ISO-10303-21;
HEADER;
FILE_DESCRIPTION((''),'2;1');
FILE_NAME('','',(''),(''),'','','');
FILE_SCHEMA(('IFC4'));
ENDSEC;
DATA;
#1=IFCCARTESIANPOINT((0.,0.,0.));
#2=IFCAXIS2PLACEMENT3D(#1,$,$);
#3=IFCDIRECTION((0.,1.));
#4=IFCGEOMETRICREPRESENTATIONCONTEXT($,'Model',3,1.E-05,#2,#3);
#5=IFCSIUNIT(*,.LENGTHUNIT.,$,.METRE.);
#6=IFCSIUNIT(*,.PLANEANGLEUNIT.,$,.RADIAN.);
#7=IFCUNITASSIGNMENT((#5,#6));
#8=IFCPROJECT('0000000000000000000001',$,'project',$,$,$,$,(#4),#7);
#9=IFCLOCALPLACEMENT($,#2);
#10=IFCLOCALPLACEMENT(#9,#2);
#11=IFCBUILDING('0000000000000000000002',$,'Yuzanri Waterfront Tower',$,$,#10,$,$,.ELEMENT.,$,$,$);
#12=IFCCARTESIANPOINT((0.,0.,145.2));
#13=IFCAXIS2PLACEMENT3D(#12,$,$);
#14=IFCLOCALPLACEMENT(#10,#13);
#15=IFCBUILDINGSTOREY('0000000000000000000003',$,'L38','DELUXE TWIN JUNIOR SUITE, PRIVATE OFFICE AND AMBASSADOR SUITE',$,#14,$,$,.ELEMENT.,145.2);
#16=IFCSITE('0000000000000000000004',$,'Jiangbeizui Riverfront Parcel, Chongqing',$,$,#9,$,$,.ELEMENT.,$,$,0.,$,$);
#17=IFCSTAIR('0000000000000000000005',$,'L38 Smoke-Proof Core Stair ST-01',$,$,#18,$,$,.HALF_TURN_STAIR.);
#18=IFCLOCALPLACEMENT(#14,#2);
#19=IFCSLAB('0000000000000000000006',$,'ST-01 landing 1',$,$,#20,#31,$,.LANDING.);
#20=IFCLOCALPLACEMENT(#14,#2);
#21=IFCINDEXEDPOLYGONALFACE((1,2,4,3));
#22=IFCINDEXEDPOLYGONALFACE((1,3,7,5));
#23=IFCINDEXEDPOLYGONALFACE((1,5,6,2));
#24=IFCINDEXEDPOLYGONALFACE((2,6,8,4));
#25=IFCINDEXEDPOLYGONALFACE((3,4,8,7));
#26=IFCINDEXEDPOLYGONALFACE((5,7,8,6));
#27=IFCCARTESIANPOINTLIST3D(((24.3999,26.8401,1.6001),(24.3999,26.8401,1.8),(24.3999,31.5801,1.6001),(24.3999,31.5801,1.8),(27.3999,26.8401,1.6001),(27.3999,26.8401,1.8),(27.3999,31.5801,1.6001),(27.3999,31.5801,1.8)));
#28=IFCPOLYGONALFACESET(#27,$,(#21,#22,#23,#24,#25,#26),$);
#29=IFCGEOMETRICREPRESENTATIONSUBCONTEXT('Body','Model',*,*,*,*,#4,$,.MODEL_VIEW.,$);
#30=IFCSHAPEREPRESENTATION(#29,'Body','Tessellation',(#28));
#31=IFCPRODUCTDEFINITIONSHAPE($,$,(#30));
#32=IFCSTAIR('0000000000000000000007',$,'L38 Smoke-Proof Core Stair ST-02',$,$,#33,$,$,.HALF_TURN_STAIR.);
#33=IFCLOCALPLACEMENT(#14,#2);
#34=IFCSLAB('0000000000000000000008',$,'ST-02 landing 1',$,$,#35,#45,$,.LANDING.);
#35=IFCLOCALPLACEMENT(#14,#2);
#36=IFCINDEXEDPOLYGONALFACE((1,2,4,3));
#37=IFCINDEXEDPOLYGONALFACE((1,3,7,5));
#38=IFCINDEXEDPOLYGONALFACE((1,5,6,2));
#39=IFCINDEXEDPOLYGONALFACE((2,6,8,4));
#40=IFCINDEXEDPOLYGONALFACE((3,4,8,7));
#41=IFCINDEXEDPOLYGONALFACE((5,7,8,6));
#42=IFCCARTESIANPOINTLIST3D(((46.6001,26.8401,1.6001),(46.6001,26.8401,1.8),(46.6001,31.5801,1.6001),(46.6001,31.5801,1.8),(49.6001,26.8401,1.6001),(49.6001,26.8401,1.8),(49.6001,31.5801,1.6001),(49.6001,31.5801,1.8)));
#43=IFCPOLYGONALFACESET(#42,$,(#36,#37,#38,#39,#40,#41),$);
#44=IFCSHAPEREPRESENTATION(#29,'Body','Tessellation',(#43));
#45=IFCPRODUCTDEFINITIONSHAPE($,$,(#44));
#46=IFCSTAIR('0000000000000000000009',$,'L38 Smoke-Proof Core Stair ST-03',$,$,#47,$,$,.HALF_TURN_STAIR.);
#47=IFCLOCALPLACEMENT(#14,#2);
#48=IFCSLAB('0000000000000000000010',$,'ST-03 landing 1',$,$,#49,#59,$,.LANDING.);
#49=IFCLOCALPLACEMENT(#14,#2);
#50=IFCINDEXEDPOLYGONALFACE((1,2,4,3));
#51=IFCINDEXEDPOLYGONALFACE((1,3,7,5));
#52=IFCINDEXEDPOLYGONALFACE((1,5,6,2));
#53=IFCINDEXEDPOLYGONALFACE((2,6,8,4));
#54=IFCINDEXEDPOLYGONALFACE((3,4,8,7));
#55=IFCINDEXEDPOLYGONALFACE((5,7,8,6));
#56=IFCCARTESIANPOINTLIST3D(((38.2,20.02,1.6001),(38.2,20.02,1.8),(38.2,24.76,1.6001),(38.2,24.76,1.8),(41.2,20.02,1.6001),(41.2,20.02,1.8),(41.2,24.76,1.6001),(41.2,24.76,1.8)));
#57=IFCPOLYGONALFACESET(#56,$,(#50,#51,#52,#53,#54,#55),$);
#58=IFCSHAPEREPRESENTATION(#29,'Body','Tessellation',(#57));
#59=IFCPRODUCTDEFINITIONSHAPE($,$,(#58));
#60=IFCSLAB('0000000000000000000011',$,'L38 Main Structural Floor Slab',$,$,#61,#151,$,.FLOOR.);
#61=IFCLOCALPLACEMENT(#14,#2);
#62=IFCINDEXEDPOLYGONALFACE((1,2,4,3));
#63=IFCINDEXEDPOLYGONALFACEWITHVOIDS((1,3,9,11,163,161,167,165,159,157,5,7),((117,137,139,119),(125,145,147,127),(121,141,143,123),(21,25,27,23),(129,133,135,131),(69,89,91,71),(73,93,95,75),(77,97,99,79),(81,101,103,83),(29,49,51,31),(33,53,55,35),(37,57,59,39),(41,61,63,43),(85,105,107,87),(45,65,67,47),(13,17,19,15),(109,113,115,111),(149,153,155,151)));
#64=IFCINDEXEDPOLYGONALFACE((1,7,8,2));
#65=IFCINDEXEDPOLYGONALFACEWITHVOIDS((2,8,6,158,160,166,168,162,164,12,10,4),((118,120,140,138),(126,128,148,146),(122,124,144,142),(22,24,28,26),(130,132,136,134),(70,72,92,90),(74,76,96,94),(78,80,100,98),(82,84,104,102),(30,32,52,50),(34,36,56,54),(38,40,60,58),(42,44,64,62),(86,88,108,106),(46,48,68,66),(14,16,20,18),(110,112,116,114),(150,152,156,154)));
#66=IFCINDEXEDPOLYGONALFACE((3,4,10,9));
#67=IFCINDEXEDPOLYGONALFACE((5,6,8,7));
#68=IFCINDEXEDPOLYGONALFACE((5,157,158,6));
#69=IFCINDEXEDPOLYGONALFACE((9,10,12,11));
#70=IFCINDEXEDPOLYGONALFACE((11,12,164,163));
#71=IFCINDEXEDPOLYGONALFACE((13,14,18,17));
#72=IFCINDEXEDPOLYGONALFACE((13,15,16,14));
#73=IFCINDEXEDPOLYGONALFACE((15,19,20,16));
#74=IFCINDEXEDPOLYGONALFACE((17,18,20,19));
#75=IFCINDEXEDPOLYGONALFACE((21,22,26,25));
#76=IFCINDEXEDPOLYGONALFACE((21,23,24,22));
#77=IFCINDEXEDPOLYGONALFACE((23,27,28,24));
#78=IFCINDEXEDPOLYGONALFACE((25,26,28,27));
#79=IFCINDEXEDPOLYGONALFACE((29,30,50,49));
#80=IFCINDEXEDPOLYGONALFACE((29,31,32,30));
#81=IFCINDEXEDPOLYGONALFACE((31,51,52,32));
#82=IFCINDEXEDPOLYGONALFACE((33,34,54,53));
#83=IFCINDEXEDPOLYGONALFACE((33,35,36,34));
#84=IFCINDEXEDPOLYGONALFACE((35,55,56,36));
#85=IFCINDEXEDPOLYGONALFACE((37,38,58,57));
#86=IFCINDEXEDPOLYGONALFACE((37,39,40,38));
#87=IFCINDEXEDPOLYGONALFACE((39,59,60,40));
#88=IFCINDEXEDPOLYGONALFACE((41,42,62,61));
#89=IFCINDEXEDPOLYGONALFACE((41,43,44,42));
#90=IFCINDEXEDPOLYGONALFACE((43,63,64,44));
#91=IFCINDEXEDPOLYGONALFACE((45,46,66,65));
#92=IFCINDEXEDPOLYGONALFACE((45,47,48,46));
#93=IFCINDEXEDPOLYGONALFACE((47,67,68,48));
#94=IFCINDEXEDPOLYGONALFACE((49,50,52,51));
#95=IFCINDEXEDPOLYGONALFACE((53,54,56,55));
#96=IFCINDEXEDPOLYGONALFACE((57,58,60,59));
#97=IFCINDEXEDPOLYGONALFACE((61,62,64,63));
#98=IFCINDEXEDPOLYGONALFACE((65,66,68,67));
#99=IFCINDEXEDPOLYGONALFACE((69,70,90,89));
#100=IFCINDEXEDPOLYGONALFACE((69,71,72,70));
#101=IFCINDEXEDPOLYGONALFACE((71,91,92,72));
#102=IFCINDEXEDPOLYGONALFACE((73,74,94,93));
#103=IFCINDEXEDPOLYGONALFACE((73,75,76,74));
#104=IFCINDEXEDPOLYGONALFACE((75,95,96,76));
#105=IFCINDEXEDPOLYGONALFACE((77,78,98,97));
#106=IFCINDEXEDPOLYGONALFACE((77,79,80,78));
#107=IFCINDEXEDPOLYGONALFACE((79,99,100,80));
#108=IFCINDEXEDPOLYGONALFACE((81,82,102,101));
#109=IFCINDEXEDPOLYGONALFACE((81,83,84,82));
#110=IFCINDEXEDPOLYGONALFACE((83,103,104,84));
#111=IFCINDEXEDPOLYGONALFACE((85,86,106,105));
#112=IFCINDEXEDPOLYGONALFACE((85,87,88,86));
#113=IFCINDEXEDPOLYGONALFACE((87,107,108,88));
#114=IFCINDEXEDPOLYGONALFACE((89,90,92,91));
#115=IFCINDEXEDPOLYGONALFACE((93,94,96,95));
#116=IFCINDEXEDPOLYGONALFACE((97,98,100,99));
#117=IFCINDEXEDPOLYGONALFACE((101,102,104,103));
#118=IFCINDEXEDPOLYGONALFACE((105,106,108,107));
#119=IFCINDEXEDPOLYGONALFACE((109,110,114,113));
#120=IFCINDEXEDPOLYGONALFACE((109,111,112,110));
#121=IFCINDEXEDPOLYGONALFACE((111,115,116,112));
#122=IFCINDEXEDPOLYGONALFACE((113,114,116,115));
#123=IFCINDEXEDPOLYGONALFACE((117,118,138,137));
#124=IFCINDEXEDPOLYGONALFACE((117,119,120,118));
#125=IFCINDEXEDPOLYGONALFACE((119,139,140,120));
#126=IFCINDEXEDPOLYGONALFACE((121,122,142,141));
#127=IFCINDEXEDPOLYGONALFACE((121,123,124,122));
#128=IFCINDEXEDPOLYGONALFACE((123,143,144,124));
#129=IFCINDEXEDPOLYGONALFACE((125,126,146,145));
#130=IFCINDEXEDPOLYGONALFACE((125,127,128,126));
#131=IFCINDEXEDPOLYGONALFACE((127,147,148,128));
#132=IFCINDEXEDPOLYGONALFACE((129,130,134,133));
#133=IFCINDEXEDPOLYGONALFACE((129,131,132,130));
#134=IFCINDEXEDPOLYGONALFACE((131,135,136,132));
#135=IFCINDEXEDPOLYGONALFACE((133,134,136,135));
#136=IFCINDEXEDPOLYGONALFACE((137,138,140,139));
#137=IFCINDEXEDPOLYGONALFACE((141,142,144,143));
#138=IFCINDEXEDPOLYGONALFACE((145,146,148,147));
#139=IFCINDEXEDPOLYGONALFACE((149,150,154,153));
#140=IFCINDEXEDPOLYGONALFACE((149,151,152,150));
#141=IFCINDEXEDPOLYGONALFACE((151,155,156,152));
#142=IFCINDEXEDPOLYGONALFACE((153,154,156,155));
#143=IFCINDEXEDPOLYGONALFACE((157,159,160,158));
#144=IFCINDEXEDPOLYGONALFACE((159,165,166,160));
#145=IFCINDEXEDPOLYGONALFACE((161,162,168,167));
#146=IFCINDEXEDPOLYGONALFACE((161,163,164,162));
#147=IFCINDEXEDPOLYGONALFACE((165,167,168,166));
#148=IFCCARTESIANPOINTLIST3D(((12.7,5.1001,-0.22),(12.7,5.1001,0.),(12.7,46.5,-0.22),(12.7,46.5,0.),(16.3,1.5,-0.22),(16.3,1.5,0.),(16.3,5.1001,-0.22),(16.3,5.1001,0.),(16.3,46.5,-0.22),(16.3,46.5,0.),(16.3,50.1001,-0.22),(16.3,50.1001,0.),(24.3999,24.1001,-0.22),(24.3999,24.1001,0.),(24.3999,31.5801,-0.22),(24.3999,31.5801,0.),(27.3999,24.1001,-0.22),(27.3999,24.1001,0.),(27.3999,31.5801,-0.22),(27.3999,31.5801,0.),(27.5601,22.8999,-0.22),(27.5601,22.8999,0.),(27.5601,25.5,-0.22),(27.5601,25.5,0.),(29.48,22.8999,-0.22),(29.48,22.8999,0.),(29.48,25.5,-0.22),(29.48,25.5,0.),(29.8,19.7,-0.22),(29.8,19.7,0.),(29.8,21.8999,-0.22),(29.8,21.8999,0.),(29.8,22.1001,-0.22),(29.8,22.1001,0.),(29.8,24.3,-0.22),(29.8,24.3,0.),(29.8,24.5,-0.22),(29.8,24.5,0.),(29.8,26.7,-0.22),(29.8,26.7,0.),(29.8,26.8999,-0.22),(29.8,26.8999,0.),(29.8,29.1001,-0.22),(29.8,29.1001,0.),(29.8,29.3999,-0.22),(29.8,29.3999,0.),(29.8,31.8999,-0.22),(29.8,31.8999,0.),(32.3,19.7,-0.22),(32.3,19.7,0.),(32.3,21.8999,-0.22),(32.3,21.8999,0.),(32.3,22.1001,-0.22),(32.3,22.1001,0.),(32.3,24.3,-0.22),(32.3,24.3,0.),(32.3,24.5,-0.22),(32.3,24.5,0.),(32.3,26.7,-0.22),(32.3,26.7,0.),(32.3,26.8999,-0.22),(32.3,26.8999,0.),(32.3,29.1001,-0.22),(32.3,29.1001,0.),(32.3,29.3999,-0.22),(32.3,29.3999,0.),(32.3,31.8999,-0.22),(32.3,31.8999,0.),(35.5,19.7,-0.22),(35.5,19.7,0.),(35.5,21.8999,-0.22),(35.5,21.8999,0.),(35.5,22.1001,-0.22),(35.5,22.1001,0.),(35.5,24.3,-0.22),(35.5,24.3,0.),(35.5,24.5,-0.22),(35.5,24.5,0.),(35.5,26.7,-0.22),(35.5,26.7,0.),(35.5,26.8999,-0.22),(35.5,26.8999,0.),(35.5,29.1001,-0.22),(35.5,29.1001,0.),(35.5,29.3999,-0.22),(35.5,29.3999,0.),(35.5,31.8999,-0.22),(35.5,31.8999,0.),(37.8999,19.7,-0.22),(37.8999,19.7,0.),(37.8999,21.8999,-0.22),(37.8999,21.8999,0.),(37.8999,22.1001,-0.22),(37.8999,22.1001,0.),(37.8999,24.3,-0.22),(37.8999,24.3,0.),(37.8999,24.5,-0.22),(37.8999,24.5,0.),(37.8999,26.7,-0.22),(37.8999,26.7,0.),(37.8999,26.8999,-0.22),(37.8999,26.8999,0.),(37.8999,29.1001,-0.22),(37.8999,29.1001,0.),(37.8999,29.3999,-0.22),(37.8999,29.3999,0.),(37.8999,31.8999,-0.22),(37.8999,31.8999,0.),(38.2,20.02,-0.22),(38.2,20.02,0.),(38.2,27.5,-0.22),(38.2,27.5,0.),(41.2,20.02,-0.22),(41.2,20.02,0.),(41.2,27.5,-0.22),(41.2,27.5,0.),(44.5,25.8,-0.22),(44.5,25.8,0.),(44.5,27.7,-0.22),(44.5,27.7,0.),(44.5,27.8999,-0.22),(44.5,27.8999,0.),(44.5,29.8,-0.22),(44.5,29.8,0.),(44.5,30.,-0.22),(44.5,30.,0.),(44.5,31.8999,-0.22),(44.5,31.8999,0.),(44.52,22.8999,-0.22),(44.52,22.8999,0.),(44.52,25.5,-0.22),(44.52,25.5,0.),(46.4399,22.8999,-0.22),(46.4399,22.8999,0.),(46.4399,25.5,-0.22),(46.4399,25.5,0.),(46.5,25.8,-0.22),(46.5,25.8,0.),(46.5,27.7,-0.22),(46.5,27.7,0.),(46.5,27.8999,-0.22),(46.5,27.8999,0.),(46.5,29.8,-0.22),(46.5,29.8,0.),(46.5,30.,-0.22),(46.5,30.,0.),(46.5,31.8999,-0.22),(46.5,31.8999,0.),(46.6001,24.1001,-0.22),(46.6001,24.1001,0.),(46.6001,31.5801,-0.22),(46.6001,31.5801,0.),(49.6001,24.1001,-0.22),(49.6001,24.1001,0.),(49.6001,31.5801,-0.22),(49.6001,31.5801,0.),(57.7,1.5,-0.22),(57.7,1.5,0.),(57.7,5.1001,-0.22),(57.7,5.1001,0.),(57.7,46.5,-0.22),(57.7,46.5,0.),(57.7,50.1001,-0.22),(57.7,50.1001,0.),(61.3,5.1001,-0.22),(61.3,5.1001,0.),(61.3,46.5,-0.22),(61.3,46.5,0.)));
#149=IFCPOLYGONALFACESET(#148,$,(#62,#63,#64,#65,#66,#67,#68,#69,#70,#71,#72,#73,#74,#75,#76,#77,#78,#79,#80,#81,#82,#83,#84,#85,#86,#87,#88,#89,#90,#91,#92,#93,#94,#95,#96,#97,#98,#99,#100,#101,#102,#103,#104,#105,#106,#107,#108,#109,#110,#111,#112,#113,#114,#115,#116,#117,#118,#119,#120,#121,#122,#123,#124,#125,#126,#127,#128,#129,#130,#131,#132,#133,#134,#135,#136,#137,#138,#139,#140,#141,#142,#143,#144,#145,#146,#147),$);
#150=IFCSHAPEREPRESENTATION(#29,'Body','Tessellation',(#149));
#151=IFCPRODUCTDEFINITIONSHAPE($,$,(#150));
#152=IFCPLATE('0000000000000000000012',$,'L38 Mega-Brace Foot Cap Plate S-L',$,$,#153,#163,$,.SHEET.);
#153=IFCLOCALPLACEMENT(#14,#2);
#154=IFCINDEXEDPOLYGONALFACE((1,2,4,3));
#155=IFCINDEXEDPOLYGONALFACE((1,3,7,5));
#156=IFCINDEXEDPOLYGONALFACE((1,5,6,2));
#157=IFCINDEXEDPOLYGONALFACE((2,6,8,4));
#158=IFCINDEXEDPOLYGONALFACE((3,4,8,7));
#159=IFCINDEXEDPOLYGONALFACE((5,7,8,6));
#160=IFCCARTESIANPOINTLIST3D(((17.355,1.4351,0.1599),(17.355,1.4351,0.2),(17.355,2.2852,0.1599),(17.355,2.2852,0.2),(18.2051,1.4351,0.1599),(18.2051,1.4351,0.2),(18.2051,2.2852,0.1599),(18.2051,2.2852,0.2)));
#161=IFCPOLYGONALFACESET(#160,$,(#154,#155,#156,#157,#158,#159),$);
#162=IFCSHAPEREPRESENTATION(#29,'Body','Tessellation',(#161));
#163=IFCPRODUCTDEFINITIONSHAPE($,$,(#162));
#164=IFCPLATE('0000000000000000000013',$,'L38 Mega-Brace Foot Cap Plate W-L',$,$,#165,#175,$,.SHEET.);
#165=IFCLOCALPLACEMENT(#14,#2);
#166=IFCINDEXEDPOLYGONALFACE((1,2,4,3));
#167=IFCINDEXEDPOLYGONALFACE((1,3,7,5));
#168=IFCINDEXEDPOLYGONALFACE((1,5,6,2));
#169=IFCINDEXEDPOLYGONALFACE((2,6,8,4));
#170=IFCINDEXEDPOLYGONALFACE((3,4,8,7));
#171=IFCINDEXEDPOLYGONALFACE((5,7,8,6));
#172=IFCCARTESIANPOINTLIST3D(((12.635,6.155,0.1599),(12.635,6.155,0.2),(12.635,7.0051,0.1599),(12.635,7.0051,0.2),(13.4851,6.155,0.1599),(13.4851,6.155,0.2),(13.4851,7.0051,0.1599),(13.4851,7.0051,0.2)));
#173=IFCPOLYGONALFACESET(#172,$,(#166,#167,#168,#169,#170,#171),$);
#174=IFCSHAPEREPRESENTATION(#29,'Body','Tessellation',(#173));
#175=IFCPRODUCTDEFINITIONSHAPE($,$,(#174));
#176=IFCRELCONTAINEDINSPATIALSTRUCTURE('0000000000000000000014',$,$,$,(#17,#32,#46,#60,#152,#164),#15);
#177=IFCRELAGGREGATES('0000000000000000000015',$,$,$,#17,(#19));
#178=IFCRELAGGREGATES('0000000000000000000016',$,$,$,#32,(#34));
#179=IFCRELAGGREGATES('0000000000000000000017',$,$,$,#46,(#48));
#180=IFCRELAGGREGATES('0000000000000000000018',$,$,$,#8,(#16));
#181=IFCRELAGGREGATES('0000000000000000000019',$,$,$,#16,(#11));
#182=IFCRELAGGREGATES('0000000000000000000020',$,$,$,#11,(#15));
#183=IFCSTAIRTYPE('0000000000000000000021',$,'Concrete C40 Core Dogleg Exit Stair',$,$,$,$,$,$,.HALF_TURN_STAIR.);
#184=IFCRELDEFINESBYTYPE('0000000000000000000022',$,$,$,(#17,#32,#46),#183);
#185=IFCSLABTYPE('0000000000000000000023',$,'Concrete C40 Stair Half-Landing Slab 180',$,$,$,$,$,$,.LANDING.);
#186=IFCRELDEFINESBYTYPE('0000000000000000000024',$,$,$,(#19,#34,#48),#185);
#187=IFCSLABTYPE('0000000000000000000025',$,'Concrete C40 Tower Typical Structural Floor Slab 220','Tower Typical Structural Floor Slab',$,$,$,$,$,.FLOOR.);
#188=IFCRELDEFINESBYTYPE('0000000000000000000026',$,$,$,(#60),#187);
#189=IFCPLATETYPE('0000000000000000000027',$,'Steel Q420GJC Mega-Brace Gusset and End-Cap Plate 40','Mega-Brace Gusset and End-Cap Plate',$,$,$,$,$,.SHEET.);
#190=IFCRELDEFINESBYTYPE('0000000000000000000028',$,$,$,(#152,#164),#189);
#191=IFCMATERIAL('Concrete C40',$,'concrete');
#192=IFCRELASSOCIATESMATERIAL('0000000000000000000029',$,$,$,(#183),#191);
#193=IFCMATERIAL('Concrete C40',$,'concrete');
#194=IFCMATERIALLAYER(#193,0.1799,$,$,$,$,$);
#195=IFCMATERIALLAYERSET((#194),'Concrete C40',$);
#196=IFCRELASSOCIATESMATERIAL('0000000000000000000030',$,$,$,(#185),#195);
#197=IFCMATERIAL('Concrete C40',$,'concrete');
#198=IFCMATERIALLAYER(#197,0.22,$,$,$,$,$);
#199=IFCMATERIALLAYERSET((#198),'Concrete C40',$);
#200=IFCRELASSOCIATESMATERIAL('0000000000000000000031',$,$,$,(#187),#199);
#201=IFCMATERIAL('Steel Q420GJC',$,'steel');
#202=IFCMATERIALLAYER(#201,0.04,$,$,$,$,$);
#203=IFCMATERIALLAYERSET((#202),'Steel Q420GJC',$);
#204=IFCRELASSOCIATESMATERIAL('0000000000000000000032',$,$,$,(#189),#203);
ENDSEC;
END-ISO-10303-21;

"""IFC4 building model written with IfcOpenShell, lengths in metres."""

from ifc_helpers import new_model, si_unit, direction, frame, origin, origin_2d, place, context, subcontext, project, spatial, polyline, rectangle, outline, extrude, source, transform, mapped, material, layer, layer_set, type_object, element, aggregate, save


model = new_model("IFC4")

# Units and contexts
model_context = context("Model", 3, precision=1e-05, world=origin(), true_north=direction((0.0, 1.0)))
body_context = subcontext(model_context, "Body", "Model", "MODEL_VIEW")
ifc_project = project(units=[si_unit("LENGTHUNIT", "METRE"), si_unit("PLANEANGLEUNIT", "RADIAN")], contexts=[model_context])

# Site, building, storey
site_placement = place(None, origin())
site = spatial("IfcSite", under=ifc_project, at=site_placement, Name="Jiangbeizui Riverfront Parcel, Chongqing", CompositionType="ELEMENT", RefElevation=0.0)
building_placement = place(site_placement, origin())
building = spatial("IfcBuilding", under=site, at=building_placement, Name="Yuzanri Waterfront Tower", CompositionType="ELEMENT")
storey_placement = place(building_placement, frame((0.0, 0.0, 145.2)))
storey = spatial("IfcBuildingStorey", under=building, at=storey_placement, Name="L38", Description="DELUXE TWIN JUNIOR SUITE, PRIVATE OFFICE AND AMBASSADOR SUITE", CompositionType="ELEMENT", Elevation=145.2)

# Stairs, slabs
ifc_material_1 = material(Name="Concrete C40", Category="concrete")
stair_type = type_object("IfcStairType", Name="Concrete C40 Core Dogleg Exit Stair", PredefinedType="HALF_TURN_STAIR", material=ifc_material_1)
stair_1_placement = place(storey_placement, origin())
stair_1 = element("IfcStair", 1, at=stair_1_placement, inside=storey, type_object=stair_type, Name="L38 Smoke-Proof Core Stair ST-01", PredefinedType="HALF_TURN_STAIR")
ifc_material_2 = material(Name="Concrete C40", Category="concrete")
ifc_layer_1 = layer(ifc_material_2, 0.1799)
ifc_layer_set_1 = layer_set([ifc_layer_1], Name="Concrete C40")
slab_type_1 = type_object("IfcSlabType", Name="Concrete C40 Stair Half-Landing Slab 180", PredefinedType="LANDING", material=ifc_layer_set_1)
slab_1_placement = place(storey_placement, frame((0.0, 0.0, 1.6001)))
slab_1 = element("IfcSlab", 2, at=slab_1_placement, type_object=slab_type_1, Name="ST-01 landing 1", PredefinedType="LANDING", context=body_context, shape_type="SweptSolid", body=[
    extrude(outline(polyline([(27.3999, 26.8401), (27.3999, 31.5801), (24.3999, 31.5801), (24.3999, 26.8401), (27.3999, 26.8401)])), origin(), (0.0, 0.0, 1.0), 0.2),
])
aggregate(stair_1, [slab_1])
stair_2_placement = place(storey_placement, origin())
stair_2 = element("IfcStair", 3, at=stair_2_placement, inside=storey, type_object=stair_type, Name="L38 Smoke-Proof Core Stair ST-02", PredefinedType="HALF_TURN_STAIR")
slab_2_placement = place(storey_placement, frame((0.0, 0.0, 1.6001)))
slab_2 = element("IfcSlab", 4, at=slab_2_placement, type_object=slab_type_1, Name="ST-02 landing 1", PredefinedType="LANDING", context=body_context, shape_type="SweptSolid", body=[
    extrude(outline(polyline([(49.6001, 26.8401), (49.6001, 31.5801), (46.6001, 31.5801), (46.6001, 26.8401), (49.6001, 26.8401)])), origin(), (0.0, 0.0, 1.0), 0.2),
])
aggregate(stair_2, [slab_2])
stair_3_placement = place(storey_placement, origin())
stair_3 = element("IfcStair", 5, at=stair_3_placement, inside=storey, type_object=stair_type, Name="L38 Smoke-Proof Core Stair ST-03", PredefinedType="HALF_TURN_STAIR")
slab_3_placement = place(storey_placement, frame((0.0, 0.0, 1.6001)))
slab_3 = element("IfcSlab", 6, at=slab_3_placement, type_object=slab_type_1, Name="ST-03 landing 1", PredefinedType="LANDING", context=body_context, shape_type="SweptSolid", body=[
    extrude(outline(polyline([(38.2, 24.76), (38.2, 20.02), (41.2, 20.02), (41.2, 24.76), (38.2, 24.76)])), origin(), (0.0, 0.0, 1.0), 0.2),
])
aggregate(stair_3, [slab_3])

# Slab
ifc_material_3 = material(Name="Concrete C40", Category="concrete")
ifc_layer_2 = layer(ifc_material_3, 0.22)
ifc_layer_set_2 = layer_set([ifc_layer_2], Name="Concrete C40")
slab_type_2 = type_object("IfcSlabType", Name="Concrete C40 Tower Typical Structural Floor Slab 220", Description="Tower Typical Structural Floor Slab", PredefinedType="FLOOR", material=ifc_layer_set_2)
slab_4_placement = place(storey_placement, frame((0.0, 0.0, -0.22)))
element("IfcSlab", 7, at=slab_4_placement, inside=storey, type_object=slab_type_2, Name="L38 Main Structural Floor Slab", PredefinedType="FLOOR", context=body_context, shape_type="SweptSolid", body=[
    extrude(outline(polyline([(16.3, 1.5), (57.7, 1.5), (57.7, 5.1001), (61.3, 5.1001), (61.3, 46.5), (57.7, 46.5), (57.7, 50.1001), (16.3, 50.1001), (16.3, 46.5), (12.7, 46.5), (12.7, 5.1001), (16.3, 5.1001), (16.3, 1.5)]), holes=[polyline([(27.3999, 24.1001), (27.3999, 31.5801), (24.3999, 31.5801), (24.3999, 24.1001), (27.3999, 24.1001)]), polyline([(49.6001, 24.1001), (49.6001, 31.5801), (46.6001, 31.5801), (46.6001, 24.1001), (49.6001, 24.1001)]), polyline([(38.2, 27.5), (38.2, 20.02), (41.2, 20.02), (41.2, 27.5), (38.2, 27.5)]), polyline([(27.5601, 22.8999), (29.48, 22.8999), (29.48, 25.5), (27.5601, 25.5), (27.5601, 22.8999)]), polyline([(44.52, 22.8999), (46.4399, 22.8999), (46.4399, 25.5), (44.52, 25.5), (44.52, 22.8999)]), polyline([(29.8, 19.7), (32.3, 19.7), (32.3, 21.8999), (29.8, 21.8999), (29.8, 19.7)]), polyline([(29.8, 22.1001), (32.3, 22.1001), (32.3, 24.3), (29.8, 24.3), (29.8, 22.1001)]), polyline([(29.8, 24.5), (32.3, 24.5), (32.3, 26.7), (29.8, 26.7), (29.8, 24.5)]), polyline([(29.8, 26.8999), (32.3, 26.8999), (32.3, 29.1001), (29.8, 29.1001), (29.8, 26.8999)]), polyline([(29.8, 29.3999), (32.3, 29.3999), (32.3, 31.8999), (29.8, 31.8999), (29.8, 29.3999)]), polyline([(35.5, 19.7), (37.8999, 19.7), (37.8999, 21.8999), (35.5, 21.8999), (35.5, 19.7)]), polyline([(35.5, 22.1001), (37.8999, 22.1001), (37.8999, 24.3), (35.5, 24.3), (35.5, 22.1001)]), polyline([(35.5, 24.5), (37.8999, 24.5), (37.8999, 26.7), (35.5, 26.7), (35.5, 24.5)]), polyline([(35.5, 26.8999), (37.8999, 26.8999), (37.8999, 29.1001), (35.5, 29.1001), (35.5, 26.8999)]), polyline([(35.5, 29.3999), (37.8999, 29.3999), (37.8999, 31.8999), (35.5, 31.8999), (35.5, 29.3999)]), polyline([(44.5, 25.8), (46.5, 25.8), (46.5, 27.7), (44.5, 27.7), (44.5, 25.8)]), polyline([(44.5, 27.8999), (46.5, 27.8999), (46.5, 29.8), (44.5, 29.8), (44.5, 27.8999)]), polyline([(44.5, 30.0), (46.5, 30.0), (46.5, 31.8999), (44.5, 31.8999), (44.5, 30.0)])]), origin(), (0.0, 0.0, 1.0), 0.22),
])

# Plates
ifc_material_4 = material(Name="Steel Q420GJC", Category="steel")
ifc_layer_3 = layer(ifc_material_4, 0.04)
ifc_layer_set_3 = layer_set([ifc_layer_3], Name="Steel Q420GJC")
plate_type = type_object("IfcPlateType", Name="Steel Q420GJC Mega-Brace Gusset and End-Cap Plate 40", Description="Mega-Brace Gusset and End-Cap Plate", PredefinedType="SHEET", material=ifc_layer_set_3)
shared_shape_1 = source(origin(), body_context, "Body", "SweptSolid", [
    extrude(rectangle(XDim=0.8501, YDim=0.8501, at=origin_2d()), origin(), (0.0, 0.0, 1.0), 0.04),
])
for number, where, z_axis, x_axis, name in (
    (8, (17.78, 1.8601, 0.1599), (0.0, 0.0, 1.0), (1.0, 0.0, 0.0), "L38 Mega-Brace Foot Cap Plate S-L"),
    (9, (13.0601, 6.5801, 0.1599), (0.0, 0.0, 1.0), (1.0, 0.0, 0.0), "L38 Mega-Brace Foot Cap Plate W-L"),
):
    element("IfcPlate", number, at=place(storey_placement, frame(where, z_axis=z_axis, x_axis=x_axis)), inside=storey, type_object=plate_type, Name=name, PredefinedType="SHEET", context=body_context, shape_type="MappedRepresentation", body=[
        mapped(shared_shape_1, transform((0.0, 0.0, 0.0), scale=1.0)),
    ])

save(model, "model.ifc")
